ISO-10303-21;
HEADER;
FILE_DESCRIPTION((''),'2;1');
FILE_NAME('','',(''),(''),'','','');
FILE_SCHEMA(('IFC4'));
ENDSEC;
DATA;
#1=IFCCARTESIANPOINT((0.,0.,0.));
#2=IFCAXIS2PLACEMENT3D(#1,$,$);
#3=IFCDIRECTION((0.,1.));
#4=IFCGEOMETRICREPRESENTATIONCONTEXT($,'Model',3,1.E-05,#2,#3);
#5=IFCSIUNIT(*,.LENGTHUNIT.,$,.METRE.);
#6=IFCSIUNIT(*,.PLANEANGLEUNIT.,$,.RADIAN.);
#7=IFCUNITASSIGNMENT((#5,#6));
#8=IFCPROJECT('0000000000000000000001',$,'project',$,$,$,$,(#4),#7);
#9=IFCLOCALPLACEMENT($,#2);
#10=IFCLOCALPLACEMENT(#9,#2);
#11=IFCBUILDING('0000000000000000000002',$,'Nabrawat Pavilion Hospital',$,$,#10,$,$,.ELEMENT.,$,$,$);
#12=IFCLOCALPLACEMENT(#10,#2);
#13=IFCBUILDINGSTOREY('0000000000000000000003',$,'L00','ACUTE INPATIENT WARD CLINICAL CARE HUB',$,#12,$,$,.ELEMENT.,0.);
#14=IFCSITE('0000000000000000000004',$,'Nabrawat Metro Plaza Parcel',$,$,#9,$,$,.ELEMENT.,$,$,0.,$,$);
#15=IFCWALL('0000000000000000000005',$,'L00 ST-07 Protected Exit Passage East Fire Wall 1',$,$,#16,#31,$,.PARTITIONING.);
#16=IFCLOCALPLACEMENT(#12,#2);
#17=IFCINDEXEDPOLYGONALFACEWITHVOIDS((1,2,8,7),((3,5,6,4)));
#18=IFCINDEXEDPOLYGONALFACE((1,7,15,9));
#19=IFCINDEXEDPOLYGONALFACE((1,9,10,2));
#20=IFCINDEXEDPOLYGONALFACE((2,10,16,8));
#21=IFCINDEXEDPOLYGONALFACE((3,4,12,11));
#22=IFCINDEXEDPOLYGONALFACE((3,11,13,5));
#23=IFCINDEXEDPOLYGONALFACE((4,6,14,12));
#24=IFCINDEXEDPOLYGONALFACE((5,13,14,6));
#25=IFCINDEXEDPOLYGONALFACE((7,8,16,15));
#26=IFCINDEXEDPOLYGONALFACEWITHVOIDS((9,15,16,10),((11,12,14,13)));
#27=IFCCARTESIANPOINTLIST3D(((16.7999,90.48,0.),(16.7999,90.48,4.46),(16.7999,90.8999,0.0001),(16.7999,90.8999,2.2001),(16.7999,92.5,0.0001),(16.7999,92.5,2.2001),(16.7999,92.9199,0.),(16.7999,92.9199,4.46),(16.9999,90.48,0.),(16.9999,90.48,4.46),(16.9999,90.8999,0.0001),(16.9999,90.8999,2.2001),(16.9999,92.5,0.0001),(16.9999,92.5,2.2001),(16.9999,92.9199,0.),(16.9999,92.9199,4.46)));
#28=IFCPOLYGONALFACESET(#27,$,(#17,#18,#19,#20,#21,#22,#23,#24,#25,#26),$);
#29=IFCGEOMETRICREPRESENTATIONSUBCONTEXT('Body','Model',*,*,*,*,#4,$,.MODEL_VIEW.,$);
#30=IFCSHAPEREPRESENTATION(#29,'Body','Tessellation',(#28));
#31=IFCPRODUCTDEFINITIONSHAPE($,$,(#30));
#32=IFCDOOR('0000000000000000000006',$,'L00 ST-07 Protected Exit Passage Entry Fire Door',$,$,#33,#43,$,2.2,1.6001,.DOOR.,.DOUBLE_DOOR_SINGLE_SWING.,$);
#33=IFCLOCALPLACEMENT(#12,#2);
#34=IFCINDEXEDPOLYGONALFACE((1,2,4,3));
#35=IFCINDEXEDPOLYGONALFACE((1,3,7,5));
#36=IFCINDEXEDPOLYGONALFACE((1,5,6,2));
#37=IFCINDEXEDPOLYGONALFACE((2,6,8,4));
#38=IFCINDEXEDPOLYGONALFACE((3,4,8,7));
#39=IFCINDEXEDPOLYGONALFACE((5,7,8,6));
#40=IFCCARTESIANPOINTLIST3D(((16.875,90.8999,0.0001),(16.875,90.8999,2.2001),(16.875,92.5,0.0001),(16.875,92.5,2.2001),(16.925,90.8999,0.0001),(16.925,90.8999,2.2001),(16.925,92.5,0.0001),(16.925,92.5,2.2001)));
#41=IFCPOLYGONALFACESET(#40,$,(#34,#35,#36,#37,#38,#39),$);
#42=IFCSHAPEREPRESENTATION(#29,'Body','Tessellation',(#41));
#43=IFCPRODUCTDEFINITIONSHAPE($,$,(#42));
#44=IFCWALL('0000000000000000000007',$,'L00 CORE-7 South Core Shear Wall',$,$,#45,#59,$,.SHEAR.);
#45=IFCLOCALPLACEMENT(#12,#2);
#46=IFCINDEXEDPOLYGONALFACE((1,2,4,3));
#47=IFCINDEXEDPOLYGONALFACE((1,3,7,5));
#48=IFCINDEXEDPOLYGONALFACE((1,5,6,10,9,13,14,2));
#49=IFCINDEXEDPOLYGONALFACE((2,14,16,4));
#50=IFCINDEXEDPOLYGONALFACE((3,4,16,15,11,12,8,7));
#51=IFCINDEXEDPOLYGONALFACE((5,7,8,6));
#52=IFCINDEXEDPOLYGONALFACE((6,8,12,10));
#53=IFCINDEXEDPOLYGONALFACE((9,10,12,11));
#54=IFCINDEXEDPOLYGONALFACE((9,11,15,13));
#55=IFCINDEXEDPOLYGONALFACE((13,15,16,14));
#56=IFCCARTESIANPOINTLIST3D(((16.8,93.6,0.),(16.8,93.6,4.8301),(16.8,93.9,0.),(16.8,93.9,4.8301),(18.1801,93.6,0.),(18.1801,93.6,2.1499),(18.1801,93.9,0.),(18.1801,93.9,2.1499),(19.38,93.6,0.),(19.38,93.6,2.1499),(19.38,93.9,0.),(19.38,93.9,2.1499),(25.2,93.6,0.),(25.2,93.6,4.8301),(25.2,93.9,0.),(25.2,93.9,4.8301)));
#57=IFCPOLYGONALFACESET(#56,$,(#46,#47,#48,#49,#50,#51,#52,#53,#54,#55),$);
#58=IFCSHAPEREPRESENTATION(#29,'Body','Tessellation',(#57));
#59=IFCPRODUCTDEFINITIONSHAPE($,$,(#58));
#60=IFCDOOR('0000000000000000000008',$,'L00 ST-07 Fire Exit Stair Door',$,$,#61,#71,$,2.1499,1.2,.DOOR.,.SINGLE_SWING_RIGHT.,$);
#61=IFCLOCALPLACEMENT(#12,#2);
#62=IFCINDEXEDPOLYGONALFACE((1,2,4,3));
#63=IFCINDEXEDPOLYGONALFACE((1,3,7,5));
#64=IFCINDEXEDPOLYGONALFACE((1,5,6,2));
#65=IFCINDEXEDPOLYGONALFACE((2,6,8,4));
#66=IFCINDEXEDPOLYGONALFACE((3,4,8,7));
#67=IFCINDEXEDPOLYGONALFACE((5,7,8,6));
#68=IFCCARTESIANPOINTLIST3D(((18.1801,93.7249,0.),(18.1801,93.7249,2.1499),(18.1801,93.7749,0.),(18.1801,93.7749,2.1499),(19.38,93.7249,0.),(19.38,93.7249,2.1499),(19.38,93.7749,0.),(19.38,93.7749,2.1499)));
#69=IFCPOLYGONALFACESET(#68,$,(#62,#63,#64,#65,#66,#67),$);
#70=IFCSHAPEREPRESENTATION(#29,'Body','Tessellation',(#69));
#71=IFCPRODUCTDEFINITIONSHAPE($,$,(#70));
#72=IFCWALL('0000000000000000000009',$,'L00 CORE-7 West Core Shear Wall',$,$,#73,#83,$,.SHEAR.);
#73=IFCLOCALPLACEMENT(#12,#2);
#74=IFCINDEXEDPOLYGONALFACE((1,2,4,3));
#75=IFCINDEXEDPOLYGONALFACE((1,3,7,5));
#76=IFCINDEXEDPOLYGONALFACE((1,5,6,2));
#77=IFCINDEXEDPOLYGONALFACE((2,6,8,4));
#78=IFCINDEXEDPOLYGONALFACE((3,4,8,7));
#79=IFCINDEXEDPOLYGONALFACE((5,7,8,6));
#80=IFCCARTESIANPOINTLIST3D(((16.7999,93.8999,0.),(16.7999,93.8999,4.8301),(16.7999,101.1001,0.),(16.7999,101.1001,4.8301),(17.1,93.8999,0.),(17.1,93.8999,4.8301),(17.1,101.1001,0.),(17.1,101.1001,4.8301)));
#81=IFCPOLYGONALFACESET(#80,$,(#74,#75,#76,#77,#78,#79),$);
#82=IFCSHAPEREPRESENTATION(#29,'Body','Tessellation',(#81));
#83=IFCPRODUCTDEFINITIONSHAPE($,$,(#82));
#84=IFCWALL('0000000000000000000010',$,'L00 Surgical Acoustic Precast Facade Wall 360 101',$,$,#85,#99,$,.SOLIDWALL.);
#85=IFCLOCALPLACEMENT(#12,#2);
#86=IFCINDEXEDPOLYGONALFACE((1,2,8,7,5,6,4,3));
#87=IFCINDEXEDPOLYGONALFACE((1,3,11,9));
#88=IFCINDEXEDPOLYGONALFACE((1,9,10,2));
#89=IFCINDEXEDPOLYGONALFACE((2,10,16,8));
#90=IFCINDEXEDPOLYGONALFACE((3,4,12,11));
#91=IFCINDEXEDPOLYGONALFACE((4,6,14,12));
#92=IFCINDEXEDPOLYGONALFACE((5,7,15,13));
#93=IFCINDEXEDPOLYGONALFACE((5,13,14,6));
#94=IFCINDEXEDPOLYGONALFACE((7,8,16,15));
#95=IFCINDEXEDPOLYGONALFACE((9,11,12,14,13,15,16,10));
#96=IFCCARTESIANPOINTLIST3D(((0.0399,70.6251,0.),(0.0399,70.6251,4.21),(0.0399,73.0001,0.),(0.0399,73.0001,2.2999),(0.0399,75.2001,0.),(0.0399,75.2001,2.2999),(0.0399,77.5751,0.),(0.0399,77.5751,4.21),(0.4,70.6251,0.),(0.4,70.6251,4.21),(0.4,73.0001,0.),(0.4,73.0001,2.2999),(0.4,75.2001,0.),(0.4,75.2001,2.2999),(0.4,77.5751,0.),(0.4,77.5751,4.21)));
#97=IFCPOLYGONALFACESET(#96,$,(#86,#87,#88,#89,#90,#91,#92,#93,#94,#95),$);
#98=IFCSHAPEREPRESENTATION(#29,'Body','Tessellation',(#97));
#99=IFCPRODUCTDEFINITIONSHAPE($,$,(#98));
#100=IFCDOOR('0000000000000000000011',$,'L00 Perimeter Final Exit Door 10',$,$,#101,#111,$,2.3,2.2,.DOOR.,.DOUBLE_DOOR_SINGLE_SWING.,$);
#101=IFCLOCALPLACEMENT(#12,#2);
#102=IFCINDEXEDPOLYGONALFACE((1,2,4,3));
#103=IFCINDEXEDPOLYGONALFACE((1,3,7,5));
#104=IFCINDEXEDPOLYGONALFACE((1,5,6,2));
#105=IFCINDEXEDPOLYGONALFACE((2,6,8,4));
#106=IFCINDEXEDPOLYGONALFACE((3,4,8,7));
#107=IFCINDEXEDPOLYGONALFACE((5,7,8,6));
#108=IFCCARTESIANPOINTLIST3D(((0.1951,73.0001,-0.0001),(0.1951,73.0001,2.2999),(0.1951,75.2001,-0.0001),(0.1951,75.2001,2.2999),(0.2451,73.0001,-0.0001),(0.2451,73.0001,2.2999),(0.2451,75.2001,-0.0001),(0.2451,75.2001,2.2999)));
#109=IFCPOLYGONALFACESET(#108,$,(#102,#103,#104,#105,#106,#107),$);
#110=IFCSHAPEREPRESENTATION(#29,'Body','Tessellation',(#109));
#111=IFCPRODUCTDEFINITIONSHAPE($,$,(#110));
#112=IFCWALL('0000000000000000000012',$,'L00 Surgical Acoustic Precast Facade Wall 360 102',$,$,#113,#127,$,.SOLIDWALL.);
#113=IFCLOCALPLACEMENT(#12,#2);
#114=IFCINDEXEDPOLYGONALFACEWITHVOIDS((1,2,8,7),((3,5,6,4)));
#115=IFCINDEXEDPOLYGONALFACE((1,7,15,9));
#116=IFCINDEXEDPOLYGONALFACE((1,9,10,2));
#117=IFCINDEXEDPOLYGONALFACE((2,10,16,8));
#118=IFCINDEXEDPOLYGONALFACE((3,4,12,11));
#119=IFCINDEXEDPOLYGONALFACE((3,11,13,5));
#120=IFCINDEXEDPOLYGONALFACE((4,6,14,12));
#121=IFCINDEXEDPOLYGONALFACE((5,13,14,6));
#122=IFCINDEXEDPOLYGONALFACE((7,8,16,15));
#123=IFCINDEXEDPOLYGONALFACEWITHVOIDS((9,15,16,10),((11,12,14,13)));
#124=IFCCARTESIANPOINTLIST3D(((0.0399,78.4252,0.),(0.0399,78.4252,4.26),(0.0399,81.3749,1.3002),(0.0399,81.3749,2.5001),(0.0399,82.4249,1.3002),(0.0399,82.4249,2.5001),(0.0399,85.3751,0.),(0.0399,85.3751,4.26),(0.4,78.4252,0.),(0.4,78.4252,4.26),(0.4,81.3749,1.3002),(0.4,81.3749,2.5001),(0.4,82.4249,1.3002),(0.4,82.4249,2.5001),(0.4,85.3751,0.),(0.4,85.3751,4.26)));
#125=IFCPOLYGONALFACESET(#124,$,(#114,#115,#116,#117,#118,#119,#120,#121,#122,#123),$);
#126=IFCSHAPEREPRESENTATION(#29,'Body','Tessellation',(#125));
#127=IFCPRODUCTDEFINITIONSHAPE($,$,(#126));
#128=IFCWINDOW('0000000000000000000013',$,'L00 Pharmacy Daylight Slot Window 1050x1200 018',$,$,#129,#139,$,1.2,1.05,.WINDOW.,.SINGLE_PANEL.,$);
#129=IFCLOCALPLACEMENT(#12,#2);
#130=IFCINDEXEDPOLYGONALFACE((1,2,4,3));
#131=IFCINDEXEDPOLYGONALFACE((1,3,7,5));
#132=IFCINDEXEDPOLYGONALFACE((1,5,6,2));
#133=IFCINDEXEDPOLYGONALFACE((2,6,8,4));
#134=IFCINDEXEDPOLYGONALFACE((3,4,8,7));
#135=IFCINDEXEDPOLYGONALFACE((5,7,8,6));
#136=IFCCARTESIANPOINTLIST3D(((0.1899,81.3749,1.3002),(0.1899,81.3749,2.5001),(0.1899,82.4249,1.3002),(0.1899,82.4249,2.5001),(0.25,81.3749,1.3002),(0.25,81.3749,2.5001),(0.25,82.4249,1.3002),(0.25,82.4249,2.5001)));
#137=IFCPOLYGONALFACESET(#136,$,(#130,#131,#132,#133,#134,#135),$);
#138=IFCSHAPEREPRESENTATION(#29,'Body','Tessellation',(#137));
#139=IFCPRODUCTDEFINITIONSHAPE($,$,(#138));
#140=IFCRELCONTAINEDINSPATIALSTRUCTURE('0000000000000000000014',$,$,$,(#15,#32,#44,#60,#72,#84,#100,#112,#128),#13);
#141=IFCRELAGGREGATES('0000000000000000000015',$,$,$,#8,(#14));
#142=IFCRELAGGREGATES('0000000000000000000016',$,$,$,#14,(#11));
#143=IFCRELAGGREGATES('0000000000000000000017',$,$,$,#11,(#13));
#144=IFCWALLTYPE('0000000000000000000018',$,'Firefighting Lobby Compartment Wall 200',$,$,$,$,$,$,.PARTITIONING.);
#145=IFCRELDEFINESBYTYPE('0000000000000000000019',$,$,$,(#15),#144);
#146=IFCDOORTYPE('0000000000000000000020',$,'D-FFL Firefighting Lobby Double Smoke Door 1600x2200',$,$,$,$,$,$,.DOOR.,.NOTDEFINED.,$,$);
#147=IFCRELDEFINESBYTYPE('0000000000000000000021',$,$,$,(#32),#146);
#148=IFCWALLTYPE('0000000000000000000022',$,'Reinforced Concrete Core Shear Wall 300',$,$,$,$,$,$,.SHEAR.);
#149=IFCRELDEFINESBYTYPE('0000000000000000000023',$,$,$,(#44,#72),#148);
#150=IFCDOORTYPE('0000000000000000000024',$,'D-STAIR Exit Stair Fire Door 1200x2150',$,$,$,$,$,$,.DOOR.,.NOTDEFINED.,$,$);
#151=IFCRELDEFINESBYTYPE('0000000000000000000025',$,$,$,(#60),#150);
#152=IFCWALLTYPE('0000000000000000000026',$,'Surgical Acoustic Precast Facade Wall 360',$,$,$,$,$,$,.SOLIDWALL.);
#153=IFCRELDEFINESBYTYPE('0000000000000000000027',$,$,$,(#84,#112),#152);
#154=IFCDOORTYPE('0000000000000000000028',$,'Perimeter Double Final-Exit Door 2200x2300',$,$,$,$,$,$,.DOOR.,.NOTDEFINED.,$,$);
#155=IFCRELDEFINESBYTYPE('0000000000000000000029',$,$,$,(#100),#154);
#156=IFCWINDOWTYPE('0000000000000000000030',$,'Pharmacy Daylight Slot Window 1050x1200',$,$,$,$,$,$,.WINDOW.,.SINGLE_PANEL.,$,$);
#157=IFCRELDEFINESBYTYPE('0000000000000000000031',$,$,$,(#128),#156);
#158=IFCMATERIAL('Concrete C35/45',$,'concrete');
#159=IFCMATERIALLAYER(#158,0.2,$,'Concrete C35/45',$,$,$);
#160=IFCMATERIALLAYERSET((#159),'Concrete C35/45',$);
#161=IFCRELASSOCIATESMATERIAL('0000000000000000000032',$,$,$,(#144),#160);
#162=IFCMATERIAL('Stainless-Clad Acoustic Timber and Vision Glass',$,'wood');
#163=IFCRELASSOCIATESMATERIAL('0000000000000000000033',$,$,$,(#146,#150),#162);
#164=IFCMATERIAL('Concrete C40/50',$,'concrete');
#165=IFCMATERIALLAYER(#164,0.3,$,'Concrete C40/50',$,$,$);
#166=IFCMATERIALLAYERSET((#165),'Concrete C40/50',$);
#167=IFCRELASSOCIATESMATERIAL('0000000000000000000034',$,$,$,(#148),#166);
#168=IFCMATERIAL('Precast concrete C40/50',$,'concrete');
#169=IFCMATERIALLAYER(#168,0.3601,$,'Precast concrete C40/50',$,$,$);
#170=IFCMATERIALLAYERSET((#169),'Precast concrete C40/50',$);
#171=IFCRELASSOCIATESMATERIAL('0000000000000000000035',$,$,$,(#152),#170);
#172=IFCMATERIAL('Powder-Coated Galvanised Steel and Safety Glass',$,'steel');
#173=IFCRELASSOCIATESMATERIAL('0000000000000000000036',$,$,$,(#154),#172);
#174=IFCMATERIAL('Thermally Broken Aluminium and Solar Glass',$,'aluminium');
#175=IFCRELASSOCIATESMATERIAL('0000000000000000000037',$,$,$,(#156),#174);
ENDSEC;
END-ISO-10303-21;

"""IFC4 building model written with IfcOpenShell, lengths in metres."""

from ifc_helpers import new_model, si_unit, direction, frame, frame_2d, origin, place, context, subcontext, project, spatial, rectangle, extrude, material, layer, layer_set, type_object, element, fill, save


model = new_model("IFC4")

# Units and contexts
model_context = context("Model", 3, precision=1e-05, world=origin(), true_north=direction((0.0, 1.0)))
body_context = subcontext(model_context, "Body", "Model", "MODEL_VIEW")
ifc_project = project(units=[si_unit("LENGTHUNIT", "METRE"), si_unit("PLANEANGLEUNIT", "RADIAN")], contexts=[model_context])

# Site, building, storey
site_placement = place(None, origin())
site = spatial("IfcSite", under=ifc_project, at=site_placement, Name="Nabrawat Metro Plaza Parcel", CompositionType="ELEMENT", RefElevation=0.0)
building_placement = place(site_placement, origin())
building = spatial("IfcBuilding", under=site, at=building_placement, Name="Nabrawat Pavilion Hospital", CompositionType="ELEMENT")
storey_placement = place(building_placement, origin())
storey = spatial("IfcBuildingStorey", under=building, at=storey_placement, Name="L00", Description="ACUTE INPATIENT WARD CLINICAL CARE HUB", CompositionType="ELEMENT", Elevation=0.0)

# Shared definitions
ifc_material_1 = material(Name="Concrete C40/50", Category="concrete")

# Shared definitions
ifc_material_2 = material(Name="Concrete C35/45", Category="concrete")
ifc_layer_1 = layer(ifc_material_2, 0.2, Name="Concrete C35/45")
ifc_layer_set_1 = layer_set([ifc_layer_1], Name="Concrete C35/45")
wall_type_1 = type_object("IfcWallType", Name="Firefighting Lobby Compartment Wall 200", PredefinedType="PARTITIONING", material=ifc_layer_set_1)

# Walls, openings, doors
wall_1_placement = place(storey_placement, frame((16.8999, 90.48, 0.0), z_axis=(0.0, 0.0, 1.0), x_axis=(0.0, 1.0, 0.0)))
wall_1 = element("IfcWall", 1, at=wall_1_placement, inside=storey, type_object=wall_type_1, Name="L00 ST-07 Protected Exit Passage East Fire Wall 1", PredefinedType="PARTITIONING", context=body_context, shape_type="SweptSolid", body=[
    extrude(rectangle(XDim=2.4399, YDim=0.2, at=frame_2d((1.22, 0.0))), origin(), (0.0, 0.0, 1.0), 4.46),
])
opening_1_placement = place(wall_1_placement, frame((0.4199, 0.0, 0.0)))
opening_1 = element("IfcOpeningElement", 2, at=opening_1_placement, cuts=wall_1, PredefinedType="OPENING", context=body_context, shape_type="SweptSolid", body=[
    extrude(rectangle(XDim=1.6001, YDim=2.2, at=frame_2d((0.8, 1.1001))), frame((0.0, 0.1099, 0.0), z_axis=(0.0, -1.0, 0.0), x_axis=(1.0, 0.0, 0.0)), (0.0, 0.0, 1.0), 0.22),
])
ifc_material_3 = material(Name="Stainless-Clad Acoustic Timber and Vision Glass", Category="wood")
door_type_1 = type_object("IfcDoorType", Name="D-FFL Firefighting Lobby Double Smoke Door 1600x2200", OperationType="NOTDEFINED", PredefinedType="DOOR", material=ifc_material_3)
door_1_placement = place(opening_1_placement, origin())
door_1 = element("IfcDoor", 3, at=door_1_placement, inside=storey, type_object=door_type_1, Name="L00 ST-07 Protected Exit Passage Entry Fire Door", OperationType="DOUBLE_DOOR_SINGLE_SWING", OverallHeight=2.2, OverallWidth=1.6001, PredefinedType="DOOR", context=body_context, shape_type="SweptSolid", body=[
    extrude(rectangle(XDim=1.6001, YDim=2.2, at=frame_2d((0.8, 1.1001))), frame((0.0, 0.0249, 0.0), z_axis=(0.0, -1.0, 0.0), x_axis=(1.0, 0.0, 0.0)), (0.0, 0.0, 1.0), 0.05),
])
fill(opening_1, door_1)
ifc_layer_2 = layer(ifc_material_1, 0.3, Name="Concrete C40/50")
ifc_layer_set_2 = layer_set([ifc_layer_2], Name="Concrete C40/50")
wall_type_2 = type_object("IfcWallType", Name="Reinforced Concrete Core Shear Wall 300", PredefinedType="SHEAR", material=ifc_layer_set_2)
wall_2_placement = place(storey_placement, frame((16.8, 93.75, 0.0), z_axis=(0.0, 0.0, 1.0), x_axis=(1.0, 0.0, 0.0)))
wall_2 = element("IfcWall", 4, at=wall_2_placement, inside=storey, type_object=wall_type_2, Name="L00 CORE-7 South Core Shear Wall", PredefinedType="SHEAR", context=body_context, shape_type="SweptSolid", body=[
    extrude(rectangle(XDim=8.3999, YDim=0.3, at=frame_2d((4.2, 0.0))), origin(), (0.0, 0.0, 1.0), 4.8301),
])
opening_2_placement = place(wall_2_placement, frame((1.3799, 0.0, 0.0)))
opening_2 = element("IfcOpeningElement", 5, at=opening_2_placement, cuts=wall_2, PredefinedType="OPENING", context=body_context, shape_type="SweptSolid", body=[
    extrude(rectangle(XDim=1.2, YDim=2.1499, at=frame_2d((0.6001, 1.075))), frame((0.0, 0.1602, 0.0), z_axis=(0.0, -1.0, 0.0), x_axis=(1.0, 0.0, 0.0)), (0.0, 0.0, 1.0), 0.3201),
])
door_type_2 = type_object("IfcDoorType", Name="D-STAIR Exit Stair Fire Door 1200x2150", OperationType="NOTDEFINED", PredefinedType="DOOR", material=ifc_material_3)
door_2_placement = place(opening_2_placement, origin())
door_2 = element("IfcDoor", 6, at=door_2_placement, inside=storey, type_object=door_type_2, Name="L00 ST-07 Fire Exit Stair Door", OperationType="SINGLE_SWING_RIGHT", OverallHeight=2.1499, OverallWidth=1.2, PredefinedType="DOOR", context=body_context, shape_type="SweptSolid", body=[
    extrude(rectangle(XDim=1.2, YDim=2.1499, at=frame_2d((0.6001, 1.075))), frame((0.0, 0.0249, 0.0), z_axis=(0.0, -1.0, 0.0), x_axis=(1.0, 0.0, 0.0)), (0.0, 0.0, 1.0), 0.05),
])
fill(opening_2, door_2)

# Wall
wall_3_placement = place(storey_placement, frame((16.95, 93.8999, 0.0), z_axis=(0.0, 0.0, 1.0), x_axis=(0.0, 1.0, 0.0)))
element("IfcWall", 7, at=wall_3_placement, inside=storey, type_object=wall_type_2, Name="L00 CORE-7 West Core Shear Wall", PredefinedType="SHEAR", context=body_context, shape_type="SweptSolid", body=[
    extrude(rectangle(XDim=7.2002, YDim=0.3, at=frame_2d((3.6001, 0.0))), origin(), (0.0, 0.0, 1.0), 4.8301),
])

# Wall, opening, door
ifc_material_4 = material(Name="Precast concrete C40/50", Category="concrete")
ifc_layer_3 = layer(ifc_material_4, 0.3601, Name="Precast concrete C40/50")
ifc_layer_set_3 = layer_set([ifc_layer_3], Name="Precast concrete C40/50")
wall_type_3 = type_object("IfcWallType", Name="Surgical Acoustic Precast Facade Wall 360", PredefinedType="SOLIDWALL", material=ifc_layer_set_3)
wall_4_placement = place(storey_placement, frame((0.22, 70.625, 0.0), z_axis=(0.0, 0.0, 1.0), x_axis=(0.0, 1.0, 0.0)))
wall_4 = element("IfcWall", 8, at=wall_4_placement, inside=storey, type_object=wall_type_3, Name="L00 Surgical Acoustic Precast Facade Wall 360 101", PredefinedType="SOLIDWALL", context=body_context, shape_type="SweptSolid", body=[
    extrude(rectangle(XDim=6.95, YDim=0.3601, at=frame_2d((3.4751, 0.0))), origin(), (0.0, 0.0, 1.0), 4.21),
])
opening_3_placement = place(wall_4_placement, frame((2.375, 0.0, 0.0)))
opening_3 = element("IfcOpeningElement", 9, at=opening_3_placement, cuts=wall_4, PredefinedType="OPENING", context=body_context, shape_type="SweptSolid", body=[
    extrude(rectangle(XDim=2.2, YDim=2.3, at=frame_2d((1.1001, 1.1499))), frame((0.0, 0.1899, 0.0), z_axis=(0.0, -1.0, 0.0), x_axis=(1.0, 0.0, 0.0)), (0.0, 0.0, 1.0), 0.3801),
])
ifc_material_5 = material(Name="Powder-Coated Galvanised Steel and Safety Glass", Category="steel")
door_type_3 = type_object("IfcDoorType", Name="Perimeter Double Final-Exit Door 2200x2300", OperationType="NOTDEFINED", PredefinedType="DOOR", material=ifc_material_5)
door_3_placement = place(opening_3_placement, origin())
door_3 = element("IfcDoor", 10, at=door_3_placement, inside=storey, type_object=door_type_3, Name="L00 Perimeter Final Exit Door 10", OperationType="DOUBLE_DOOR_SINGLE_SWING", OverallHeight=2.3, OverallWidth=2.2, PredefinedType="DOOR", context=body_context, shape_type="SweptSolid", body=[
    extrude(rectangle(XDim=2.2, YDim=2.3, at=frame_2d((1.1001, 1.1499))), frame((0.0, 0.0249, 0.0), z_axis=(0.0, -1.0, 0.0), x_axis=(1.0, 0.0, 0.0)), (0.0, 0.0, 1.0), 0.05),
])
fill(opening_3, door_3)

# Wall, opening, window
wall_5_placement = place(storey_placement, frame((0.22, 78.425, 0.0), z_axis=(0.0, 0.0, 1.0), x_axis=(0.0, 1.0, 0.0)))
wall_5 = element("IfcWall", 11, at=wall_5_placement, inside=storey, type_object=wall_type_3, Name="L00 Surgical Acoustic Precast Facade Wall 360 102", PredefinedType="SOLIDWALL", context=body_context, shape_type="SweptSolid", body=[
    extrude(rectangle(XDim=6.95, YDim=0.3601, at=frame_2d((3.4751, 0.0))), origin(), (0.0, 0.0, 1.0), 4.26),
])
opening_4_placement = place(wall_5_placement, frame((2.95, 0.0, 1.3)))
opening_4 = element("IfcOpeningElement", 12, at=opening_4_placement, cuts=wall_5, PredefinedType="OPENING", context=body_context, shape_type="SweptSolid", body=[
    extrude(rectangle(XDim=1.05, YDim=1.2, at=frame_2d((0.5249, 0.6001))), frame((0.0, 0.1899, 0.0), z_axis=(0.0, -1.0, 0.0), x_axis=(1.0, 0.0, 0.0)), (0.0, 0.0, 1.0), 0.3801),
])
ifc_material_6 = material(Name="Thermally Broken Aluminium and Solar Glass", Category="aluminium")
window_type = type_object("IfcWindowType", Name="Pharmacy Daylight Slot Window 1050x1200", PartitioningType="SINGLE_PANEL", PredefinedType="WINDOW", material=ifc_material_6)
window_placement = place(opening_4_placement, origin())
window = element("IfcWindow", 13, at=window_placement, inside=storey, type_object=window_type, Name="L00 Pharmacy Daylight Slot Window 1050x1200 018", OverallHeight=1.2, OverallWidth=1.05, PartitioningType="SINGLE_PANEL", PredefinedType="WINDOW", context=body_context, shape_type="SweptSolid", body=[
    extrude(rectangle(XDim=1.05, YDim=1.2, at=frame_2d((0.5249, 0.6001))), frame((0.0, 0.03, 0.0), z_axis=(0.0, -1.0, 0.0), x_axis=(1.0, 0.0, 0.0)), (0.0, 0.0, 1.0), 0.0601),
])
fill(opening_4, window)

save(model, "model.ifc")
